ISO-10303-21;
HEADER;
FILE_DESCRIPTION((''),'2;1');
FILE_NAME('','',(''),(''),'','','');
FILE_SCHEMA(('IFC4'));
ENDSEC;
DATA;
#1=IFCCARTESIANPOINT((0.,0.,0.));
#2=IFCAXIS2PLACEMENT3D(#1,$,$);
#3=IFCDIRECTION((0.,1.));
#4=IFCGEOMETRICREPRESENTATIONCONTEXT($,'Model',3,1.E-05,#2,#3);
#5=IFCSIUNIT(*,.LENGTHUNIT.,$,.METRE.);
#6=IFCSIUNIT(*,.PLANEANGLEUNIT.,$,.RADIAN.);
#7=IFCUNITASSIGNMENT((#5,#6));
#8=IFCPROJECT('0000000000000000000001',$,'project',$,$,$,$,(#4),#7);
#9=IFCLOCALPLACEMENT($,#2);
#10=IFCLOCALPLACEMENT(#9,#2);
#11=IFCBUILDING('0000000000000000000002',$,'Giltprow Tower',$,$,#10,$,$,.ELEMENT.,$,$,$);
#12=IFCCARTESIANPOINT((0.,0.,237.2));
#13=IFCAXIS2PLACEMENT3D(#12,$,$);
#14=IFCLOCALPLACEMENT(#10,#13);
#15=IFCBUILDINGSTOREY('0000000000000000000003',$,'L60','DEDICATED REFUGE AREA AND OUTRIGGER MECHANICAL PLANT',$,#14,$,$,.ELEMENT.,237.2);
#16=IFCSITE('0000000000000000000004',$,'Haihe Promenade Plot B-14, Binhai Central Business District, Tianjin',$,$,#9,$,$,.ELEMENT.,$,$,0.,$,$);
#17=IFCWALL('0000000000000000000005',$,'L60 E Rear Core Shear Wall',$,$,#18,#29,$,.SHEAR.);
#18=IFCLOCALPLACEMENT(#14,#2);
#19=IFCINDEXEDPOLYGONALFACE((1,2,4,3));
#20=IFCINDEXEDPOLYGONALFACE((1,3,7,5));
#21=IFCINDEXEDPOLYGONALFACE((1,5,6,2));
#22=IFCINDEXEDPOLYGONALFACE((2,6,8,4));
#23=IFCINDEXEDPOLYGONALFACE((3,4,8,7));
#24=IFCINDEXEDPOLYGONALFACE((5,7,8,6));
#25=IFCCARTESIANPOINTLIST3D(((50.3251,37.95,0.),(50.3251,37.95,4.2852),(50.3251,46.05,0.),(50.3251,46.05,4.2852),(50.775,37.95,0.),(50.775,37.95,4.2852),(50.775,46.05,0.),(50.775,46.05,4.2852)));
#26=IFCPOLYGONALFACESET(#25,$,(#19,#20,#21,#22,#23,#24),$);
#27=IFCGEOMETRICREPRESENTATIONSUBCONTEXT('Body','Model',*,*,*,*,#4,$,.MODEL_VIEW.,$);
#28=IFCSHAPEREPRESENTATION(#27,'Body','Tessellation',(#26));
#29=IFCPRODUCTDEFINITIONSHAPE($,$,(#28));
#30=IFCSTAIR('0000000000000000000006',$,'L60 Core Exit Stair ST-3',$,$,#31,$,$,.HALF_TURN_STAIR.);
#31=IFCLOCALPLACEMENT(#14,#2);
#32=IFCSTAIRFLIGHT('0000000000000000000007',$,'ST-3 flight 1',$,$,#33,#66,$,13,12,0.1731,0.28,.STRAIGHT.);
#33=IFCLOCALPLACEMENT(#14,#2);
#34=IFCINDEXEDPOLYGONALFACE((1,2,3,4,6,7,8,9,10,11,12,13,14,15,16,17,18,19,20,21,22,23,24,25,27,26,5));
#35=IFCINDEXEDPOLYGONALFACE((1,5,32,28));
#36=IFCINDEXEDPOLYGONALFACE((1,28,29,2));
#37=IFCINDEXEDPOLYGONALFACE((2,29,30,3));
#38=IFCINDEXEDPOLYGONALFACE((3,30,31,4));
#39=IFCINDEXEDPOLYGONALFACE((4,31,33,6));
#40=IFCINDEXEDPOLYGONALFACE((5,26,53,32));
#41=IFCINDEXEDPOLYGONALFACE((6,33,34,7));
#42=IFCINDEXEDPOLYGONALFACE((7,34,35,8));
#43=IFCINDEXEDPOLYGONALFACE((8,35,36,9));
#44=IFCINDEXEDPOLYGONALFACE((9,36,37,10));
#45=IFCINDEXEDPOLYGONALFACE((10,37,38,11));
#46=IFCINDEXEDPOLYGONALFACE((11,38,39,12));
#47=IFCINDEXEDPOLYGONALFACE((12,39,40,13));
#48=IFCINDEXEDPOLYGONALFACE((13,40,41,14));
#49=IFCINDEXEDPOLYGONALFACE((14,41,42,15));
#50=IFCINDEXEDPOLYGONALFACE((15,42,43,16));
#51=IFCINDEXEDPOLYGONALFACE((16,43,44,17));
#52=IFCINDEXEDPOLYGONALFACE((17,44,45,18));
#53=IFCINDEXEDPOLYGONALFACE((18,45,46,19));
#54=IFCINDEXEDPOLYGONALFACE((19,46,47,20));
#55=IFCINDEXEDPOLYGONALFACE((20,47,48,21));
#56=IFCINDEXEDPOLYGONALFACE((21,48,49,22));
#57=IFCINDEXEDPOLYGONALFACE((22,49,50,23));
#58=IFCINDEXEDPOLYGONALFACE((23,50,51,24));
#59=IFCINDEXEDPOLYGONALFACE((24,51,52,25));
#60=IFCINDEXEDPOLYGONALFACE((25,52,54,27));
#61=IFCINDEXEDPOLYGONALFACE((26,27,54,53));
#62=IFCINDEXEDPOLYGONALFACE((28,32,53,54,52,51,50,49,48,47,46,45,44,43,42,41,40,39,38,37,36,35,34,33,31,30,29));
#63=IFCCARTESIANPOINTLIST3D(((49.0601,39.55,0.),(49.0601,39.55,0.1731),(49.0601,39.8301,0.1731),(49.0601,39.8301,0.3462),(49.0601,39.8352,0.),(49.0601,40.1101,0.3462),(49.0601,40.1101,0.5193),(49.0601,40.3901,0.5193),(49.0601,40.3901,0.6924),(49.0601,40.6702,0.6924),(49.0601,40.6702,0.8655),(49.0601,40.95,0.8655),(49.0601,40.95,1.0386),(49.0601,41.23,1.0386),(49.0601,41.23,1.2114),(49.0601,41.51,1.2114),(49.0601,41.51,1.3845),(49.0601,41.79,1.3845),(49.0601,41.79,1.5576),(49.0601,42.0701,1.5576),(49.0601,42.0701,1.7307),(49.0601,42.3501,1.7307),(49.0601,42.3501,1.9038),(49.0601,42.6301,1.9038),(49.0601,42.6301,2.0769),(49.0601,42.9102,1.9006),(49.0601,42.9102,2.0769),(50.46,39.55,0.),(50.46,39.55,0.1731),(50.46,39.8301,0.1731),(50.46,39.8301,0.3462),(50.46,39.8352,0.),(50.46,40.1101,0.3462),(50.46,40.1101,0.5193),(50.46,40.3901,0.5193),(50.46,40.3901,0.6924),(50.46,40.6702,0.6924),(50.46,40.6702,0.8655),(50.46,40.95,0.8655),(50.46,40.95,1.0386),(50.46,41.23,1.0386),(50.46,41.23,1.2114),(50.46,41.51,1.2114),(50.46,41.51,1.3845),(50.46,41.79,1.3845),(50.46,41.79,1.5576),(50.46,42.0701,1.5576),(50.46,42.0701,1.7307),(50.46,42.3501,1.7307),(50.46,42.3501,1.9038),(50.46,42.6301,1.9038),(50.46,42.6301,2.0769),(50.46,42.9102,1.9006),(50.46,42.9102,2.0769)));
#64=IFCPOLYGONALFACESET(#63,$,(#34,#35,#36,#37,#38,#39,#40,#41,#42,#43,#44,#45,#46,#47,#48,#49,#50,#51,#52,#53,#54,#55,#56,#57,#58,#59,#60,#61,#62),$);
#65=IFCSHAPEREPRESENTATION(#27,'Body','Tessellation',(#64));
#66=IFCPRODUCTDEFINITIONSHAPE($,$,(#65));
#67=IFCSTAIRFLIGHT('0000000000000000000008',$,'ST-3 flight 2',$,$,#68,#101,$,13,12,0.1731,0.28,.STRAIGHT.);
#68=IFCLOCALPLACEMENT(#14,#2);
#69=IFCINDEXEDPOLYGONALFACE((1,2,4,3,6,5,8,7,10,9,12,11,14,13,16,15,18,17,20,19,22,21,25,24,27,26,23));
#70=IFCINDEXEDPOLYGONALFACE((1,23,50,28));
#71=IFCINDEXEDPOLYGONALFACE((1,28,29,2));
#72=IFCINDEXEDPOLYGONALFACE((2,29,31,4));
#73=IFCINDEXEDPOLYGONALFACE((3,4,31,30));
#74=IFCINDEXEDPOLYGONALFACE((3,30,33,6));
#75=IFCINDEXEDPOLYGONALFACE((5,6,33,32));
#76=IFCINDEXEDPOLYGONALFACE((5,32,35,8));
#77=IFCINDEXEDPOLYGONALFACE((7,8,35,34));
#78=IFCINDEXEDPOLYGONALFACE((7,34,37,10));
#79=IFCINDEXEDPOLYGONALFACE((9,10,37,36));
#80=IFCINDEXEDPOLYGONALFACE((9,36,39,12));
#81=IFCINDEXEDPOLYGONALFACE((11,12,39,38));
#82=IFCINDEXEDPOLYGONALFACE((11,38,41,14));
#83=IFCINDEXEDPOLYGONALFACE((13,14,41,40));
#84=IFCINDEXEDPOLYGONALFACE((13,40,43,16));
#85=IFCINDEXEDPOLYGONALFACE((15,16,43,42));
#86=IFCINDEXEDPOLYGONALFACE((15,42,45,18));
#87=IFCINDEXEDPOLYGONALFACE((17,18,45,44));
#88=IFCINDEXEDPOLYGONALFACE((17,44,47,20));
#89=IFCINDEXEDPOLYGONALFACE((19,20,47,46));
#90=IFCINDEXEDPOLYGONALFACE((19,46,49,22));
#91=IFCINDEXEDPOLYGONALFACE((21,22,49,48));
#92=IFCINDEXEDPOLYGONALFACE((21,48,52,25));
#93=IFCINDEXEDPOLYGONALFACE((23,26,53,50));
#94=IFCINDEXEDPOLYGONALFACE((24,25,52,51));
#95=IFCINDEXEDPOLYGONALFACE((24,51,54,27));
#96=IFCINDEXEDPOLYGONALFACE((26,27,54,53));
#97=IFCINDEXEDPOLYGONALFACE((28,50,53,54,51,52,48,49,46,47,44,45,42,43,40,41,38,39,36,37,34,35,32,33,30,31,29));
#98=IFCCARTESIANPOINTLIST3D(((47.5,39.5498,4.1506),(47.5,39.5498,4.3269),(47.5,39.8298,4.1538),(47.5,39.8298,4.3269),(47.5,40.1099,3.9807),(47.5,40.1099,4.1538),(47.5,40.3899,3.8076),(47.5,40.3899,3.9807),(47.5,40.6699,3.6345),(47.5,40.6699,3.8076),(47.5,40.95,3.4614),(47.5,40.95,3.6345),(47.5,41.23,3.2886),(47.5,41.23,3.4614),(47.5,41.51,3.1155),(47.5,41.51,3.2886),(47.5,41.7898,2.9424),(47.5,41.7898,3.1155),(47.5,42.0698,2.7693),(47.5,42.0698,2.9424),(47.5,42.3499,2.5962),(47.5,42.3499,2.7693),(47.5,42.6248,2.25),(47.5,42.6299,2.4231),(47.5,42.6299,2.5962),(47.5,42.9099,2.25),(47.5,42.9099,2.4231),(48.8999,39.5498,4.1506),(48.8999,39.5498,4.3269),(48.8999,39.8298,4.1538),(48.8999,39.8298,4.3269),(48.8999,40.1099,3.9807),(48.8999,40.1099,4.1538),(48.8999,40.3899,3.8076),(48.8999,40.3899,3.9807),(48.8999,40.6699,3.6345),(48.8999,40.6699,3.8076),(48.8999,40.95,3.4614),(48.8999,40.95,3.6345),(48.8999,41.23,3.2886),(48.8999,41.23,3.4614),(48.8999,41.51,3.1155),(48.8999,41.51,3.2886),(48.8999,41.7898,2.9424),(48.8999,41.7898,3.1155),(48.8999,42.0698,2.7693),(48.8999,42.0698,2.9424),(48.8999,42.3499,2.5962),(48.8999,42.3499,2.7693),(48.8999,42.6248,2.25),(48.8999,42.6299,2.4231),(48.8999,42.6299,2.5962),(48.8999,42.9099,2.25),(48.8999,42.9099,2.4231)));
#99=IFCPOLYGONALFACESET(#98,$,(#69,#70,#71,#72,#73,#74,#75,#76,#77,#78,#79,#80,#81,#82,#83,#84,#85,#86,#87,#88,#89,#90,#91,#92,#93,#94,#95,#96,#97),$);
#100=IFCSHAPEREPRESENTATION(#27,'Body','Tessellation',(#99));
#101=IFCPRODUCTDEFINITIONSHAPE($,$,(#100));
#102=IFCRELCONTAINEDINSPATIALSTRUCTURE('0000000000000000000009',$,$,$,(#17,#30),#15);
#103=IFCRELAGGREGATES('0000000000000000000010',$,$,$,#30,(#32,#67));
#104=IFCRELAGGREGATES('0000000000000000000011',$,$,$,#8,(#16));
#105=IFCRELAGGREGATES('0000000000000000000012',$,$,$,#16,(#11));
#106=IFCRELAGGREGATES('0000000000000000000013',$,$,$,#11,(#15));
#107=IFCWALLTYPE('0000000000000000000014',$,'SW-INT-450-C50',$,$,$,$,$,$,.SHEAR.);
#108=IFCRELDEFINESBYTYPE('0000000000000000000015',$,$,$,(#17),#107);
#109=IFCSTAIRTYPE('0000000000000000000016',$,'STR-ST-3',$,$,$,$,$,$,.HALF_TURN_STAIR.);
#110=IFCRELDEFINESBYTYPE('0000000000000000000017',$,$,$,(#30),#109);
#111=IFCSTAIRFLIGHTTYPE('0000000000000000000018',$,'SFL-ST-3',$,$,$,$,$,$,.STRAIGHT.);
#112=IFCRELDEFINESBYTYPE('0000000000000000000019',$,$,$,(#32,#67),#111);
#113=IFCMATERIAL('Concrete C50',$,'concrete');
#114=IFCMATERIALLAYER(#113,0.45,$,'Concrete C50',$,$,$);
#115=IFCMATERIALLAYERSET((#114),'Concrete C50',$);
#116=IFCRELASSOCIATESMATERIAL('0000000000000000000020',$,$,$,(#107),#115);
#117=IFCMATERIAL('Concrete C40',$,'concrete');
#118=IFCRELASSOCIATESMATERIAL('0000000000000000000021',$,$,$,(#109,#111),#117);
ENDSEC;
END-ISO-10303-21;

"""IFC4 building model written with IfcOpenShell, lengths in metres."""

from ifc_helpers import new_model, si_unit, direction, frame, frame_2d, origin, place, context, subcontext, project, spatial, polyline, rectangle, outline, extrude, material, layer, layer_set, type_object, element, aggregate, save


model = new_model("IFC4")

# Units and contexts
model_context = context("Model", 3, precision=1e-05, world=origin(), true_north=direction((0.0, 1.0)))
body_context = subcontext(model_context, "Body", "Model", "MODEL_VIEW")
ifc_project = project(units=[si_unit("LENGTHUNIT", "METRE"), si_unit("PLANEANGLEUNIT", "RADIAN")], contexts=[model_context])

# Site, building, storey
site_placement = place(None, origin())
site = spatial("IfcSite", under=ifc_project, at=site_placement, Name="Haihe Promenade Plot B-14, Binhai Central Business District, Tianjin", CompositionType="ELEMENT", RefElevation=0.0)
building_placement = place(site_placement, origin())
building = spatial("IfcBuilding", under=site, at=building_placement, Name="Giltprow Tower", CompositionType="ELEMENT")
storey_placement = place(building_placement, frame((0.0, 0.0, 237.2)))
storey = spatial("IfcBuildingStorey", under=building, at=storey_placement, Name="L60", Description="DEDICATED REFUGE AREA AND OUTRIGGER MECHANICAL PLANT", CompositionType="ELEMENT", Elevation=237.2)

# Shared definitions
ifc_material_1 = material(Name="Concrete C50", Category="concrete")

# Wall
ifc_layer_1 = layer(ifc_material_1, 0.45, Name="Concrete C50")
ifc_layer_set_1 = layer_set([ifc_layer_1], Name="Concrete C50")
wall_type_1 = type_object("IfcWallType", Name="SW-INT-450-C50", PredefinedType="SHEAR", material=ifc_layer_set_1)
wall_1_placement = place(storey_placement, frame((50.55, 37.95, 0.0), z_axis=(0.0, 0.0, 1.0), x_axis=(0.0, 1.0, 0.0)))
element("IfcWall", 1, at=wall_1_placement, inside=storey, type_object=wall_type_1, Name="L60 E Rear Core Shear Wall", PredefinedType="SHEAR", context=body_context, shape_type="SweptSolid", body=[
    extrude(rectangle(XDim=8.1001, YDim=0.45, at=frame_2d((4.05, 0.0))), origin(), (0.0, 0.0, 1.0), 4.2852),
])

# Stair, stair flights
ifc_material_2 = material(Name="Concrete C40", Category="concrete")
stair_type = type_object("IfcStairType", Name="STR-ST-3", PredefinedType="HALF_TURN_STAIR", material=ifc_material_2)
stair_placement = place(storey_placement, origin())
stair = element("IfcStair", 2, at=stair_placement, inside=storey, type_object=stair_type, Name="L60 Core Exit Stair ST-3", PredefinedType="HALF_TURN_STAIR")
stair_flight_type = type_object("IfcStairFlightType", Name="SFL-ST-3", PredefinedType="STRAIGHT", material=ifc_material_2)
stair_flight_1_placement = place(storey_placement, frame((49.76, 39.55, 0.0), z_axis=(0.0, 0.0, 1.0), x_axis=(0.0, 1.0, 0.0)))
stair_flight_1 = element("IfcStairFlight", 3, at=stair_flight_1_placement, type_object=stair_flight_type, Name="ST-3 flight 1", NumberOfRisers=13, NumberOfTreads=12, PredefinedType="STRAIGHT", RiserHeight=0.1731, TreadLength=0.28, context=body_context, shape_type="SweptSolid", body=[
    extrude(outline(polyline([(0.0, 0.0), (0.0, 0.1731), (0.28, 0.1731), (0.28, 0.3462), (0.5601, 0.3462), (0.5601, 0.5193), (0.8401, 0.5193), (0.8401, 0.6924), (1.1201, 0.6924), (1.1201, 0.8655), (1.3999, 0.8655), (1.3999, 1.0386), (1.6799, 1.0386), (1.6799, 1.2114), (1.96, 1.2114), (1.96, 1.3845), (2.24, 1.3845), (2.24, 1.5576), (2.52, 1.5576), (2.52, 1.7307), (2.8, 1.7307), (2.8, 1.9038), (3.0801, 1.9038), (3.0801, 2.0769), (3.3601, 2.0769), (3.3601, 2.25), (3.3601, 1.9006), (0.2852, 0.0), (0.0, 0.0)])), frame((0.0, 0.7, 0.0), z_axis=(0.0, -1.0, 0.0), x_axis=(1.0, 0.0, 0.0)), (0.0, 0.0, 1.0), 1.3999),
])
stair_flight_2_placement = place(storey_placement, frame((48.2, 42.9099, 2.25), z_axis=(0.0, 0.0, 1.0), x_axis=(0.0, -1.0, 0.0)))
stair_flight_2 = element("IfcStairFlight", 4, at=stair_flight_2_placement, type_object=stair_flight_type, Name="ST-3 flight 2", NumberOfRisers=13, NumberOfTreads=12, PredefinedType="STRAIGHT", RiserHeight=0.1731, TreadLength=0.28, context=body_context, shape_type="SweptSolid", body=[
    extrude(outline(polyline([(0.0, 0.0), (0.0, 0.1731), (0.28, 0.1731), (0.28, 0.3462), (0.5601, 0.3462), (0.5601, 0.5193), (0.8401, 0.5193), (0.8401, 0.6924), (1.1201, 0.6924), (1.1201, 0.8655), (1.3999, 0.8655), (1.3999, 1.0386), (1.6799, 1.0386), (1.6799, 1.2114), (1.96, 1.2114), (1.96, 1.3845), (2.24, 1.3845), (2.24, 1.5576), (2.52, 1.5576), (2.52, 1.7307), (2.8, 1.7307), (2.8, 1.9038), (3.0801, 1.9038), (3.0801, 2.0769), (3.3601, 2.0769), (3.3601, 2.25), (3.3601, 1.9006), (0.2852, 0.0), (0.0, 0.0)])), frame((0.0, 0.7, 0.0), z_axis=(0.0, -1.0, 0.0), x_axis=(1.0, 0.0, 0.0)), (0.0, 0.0, 1.0), 1.3999),
])
aggregate(stair, [stair_flight_1, stair_flight_2])

save(model, "model.ifc")
